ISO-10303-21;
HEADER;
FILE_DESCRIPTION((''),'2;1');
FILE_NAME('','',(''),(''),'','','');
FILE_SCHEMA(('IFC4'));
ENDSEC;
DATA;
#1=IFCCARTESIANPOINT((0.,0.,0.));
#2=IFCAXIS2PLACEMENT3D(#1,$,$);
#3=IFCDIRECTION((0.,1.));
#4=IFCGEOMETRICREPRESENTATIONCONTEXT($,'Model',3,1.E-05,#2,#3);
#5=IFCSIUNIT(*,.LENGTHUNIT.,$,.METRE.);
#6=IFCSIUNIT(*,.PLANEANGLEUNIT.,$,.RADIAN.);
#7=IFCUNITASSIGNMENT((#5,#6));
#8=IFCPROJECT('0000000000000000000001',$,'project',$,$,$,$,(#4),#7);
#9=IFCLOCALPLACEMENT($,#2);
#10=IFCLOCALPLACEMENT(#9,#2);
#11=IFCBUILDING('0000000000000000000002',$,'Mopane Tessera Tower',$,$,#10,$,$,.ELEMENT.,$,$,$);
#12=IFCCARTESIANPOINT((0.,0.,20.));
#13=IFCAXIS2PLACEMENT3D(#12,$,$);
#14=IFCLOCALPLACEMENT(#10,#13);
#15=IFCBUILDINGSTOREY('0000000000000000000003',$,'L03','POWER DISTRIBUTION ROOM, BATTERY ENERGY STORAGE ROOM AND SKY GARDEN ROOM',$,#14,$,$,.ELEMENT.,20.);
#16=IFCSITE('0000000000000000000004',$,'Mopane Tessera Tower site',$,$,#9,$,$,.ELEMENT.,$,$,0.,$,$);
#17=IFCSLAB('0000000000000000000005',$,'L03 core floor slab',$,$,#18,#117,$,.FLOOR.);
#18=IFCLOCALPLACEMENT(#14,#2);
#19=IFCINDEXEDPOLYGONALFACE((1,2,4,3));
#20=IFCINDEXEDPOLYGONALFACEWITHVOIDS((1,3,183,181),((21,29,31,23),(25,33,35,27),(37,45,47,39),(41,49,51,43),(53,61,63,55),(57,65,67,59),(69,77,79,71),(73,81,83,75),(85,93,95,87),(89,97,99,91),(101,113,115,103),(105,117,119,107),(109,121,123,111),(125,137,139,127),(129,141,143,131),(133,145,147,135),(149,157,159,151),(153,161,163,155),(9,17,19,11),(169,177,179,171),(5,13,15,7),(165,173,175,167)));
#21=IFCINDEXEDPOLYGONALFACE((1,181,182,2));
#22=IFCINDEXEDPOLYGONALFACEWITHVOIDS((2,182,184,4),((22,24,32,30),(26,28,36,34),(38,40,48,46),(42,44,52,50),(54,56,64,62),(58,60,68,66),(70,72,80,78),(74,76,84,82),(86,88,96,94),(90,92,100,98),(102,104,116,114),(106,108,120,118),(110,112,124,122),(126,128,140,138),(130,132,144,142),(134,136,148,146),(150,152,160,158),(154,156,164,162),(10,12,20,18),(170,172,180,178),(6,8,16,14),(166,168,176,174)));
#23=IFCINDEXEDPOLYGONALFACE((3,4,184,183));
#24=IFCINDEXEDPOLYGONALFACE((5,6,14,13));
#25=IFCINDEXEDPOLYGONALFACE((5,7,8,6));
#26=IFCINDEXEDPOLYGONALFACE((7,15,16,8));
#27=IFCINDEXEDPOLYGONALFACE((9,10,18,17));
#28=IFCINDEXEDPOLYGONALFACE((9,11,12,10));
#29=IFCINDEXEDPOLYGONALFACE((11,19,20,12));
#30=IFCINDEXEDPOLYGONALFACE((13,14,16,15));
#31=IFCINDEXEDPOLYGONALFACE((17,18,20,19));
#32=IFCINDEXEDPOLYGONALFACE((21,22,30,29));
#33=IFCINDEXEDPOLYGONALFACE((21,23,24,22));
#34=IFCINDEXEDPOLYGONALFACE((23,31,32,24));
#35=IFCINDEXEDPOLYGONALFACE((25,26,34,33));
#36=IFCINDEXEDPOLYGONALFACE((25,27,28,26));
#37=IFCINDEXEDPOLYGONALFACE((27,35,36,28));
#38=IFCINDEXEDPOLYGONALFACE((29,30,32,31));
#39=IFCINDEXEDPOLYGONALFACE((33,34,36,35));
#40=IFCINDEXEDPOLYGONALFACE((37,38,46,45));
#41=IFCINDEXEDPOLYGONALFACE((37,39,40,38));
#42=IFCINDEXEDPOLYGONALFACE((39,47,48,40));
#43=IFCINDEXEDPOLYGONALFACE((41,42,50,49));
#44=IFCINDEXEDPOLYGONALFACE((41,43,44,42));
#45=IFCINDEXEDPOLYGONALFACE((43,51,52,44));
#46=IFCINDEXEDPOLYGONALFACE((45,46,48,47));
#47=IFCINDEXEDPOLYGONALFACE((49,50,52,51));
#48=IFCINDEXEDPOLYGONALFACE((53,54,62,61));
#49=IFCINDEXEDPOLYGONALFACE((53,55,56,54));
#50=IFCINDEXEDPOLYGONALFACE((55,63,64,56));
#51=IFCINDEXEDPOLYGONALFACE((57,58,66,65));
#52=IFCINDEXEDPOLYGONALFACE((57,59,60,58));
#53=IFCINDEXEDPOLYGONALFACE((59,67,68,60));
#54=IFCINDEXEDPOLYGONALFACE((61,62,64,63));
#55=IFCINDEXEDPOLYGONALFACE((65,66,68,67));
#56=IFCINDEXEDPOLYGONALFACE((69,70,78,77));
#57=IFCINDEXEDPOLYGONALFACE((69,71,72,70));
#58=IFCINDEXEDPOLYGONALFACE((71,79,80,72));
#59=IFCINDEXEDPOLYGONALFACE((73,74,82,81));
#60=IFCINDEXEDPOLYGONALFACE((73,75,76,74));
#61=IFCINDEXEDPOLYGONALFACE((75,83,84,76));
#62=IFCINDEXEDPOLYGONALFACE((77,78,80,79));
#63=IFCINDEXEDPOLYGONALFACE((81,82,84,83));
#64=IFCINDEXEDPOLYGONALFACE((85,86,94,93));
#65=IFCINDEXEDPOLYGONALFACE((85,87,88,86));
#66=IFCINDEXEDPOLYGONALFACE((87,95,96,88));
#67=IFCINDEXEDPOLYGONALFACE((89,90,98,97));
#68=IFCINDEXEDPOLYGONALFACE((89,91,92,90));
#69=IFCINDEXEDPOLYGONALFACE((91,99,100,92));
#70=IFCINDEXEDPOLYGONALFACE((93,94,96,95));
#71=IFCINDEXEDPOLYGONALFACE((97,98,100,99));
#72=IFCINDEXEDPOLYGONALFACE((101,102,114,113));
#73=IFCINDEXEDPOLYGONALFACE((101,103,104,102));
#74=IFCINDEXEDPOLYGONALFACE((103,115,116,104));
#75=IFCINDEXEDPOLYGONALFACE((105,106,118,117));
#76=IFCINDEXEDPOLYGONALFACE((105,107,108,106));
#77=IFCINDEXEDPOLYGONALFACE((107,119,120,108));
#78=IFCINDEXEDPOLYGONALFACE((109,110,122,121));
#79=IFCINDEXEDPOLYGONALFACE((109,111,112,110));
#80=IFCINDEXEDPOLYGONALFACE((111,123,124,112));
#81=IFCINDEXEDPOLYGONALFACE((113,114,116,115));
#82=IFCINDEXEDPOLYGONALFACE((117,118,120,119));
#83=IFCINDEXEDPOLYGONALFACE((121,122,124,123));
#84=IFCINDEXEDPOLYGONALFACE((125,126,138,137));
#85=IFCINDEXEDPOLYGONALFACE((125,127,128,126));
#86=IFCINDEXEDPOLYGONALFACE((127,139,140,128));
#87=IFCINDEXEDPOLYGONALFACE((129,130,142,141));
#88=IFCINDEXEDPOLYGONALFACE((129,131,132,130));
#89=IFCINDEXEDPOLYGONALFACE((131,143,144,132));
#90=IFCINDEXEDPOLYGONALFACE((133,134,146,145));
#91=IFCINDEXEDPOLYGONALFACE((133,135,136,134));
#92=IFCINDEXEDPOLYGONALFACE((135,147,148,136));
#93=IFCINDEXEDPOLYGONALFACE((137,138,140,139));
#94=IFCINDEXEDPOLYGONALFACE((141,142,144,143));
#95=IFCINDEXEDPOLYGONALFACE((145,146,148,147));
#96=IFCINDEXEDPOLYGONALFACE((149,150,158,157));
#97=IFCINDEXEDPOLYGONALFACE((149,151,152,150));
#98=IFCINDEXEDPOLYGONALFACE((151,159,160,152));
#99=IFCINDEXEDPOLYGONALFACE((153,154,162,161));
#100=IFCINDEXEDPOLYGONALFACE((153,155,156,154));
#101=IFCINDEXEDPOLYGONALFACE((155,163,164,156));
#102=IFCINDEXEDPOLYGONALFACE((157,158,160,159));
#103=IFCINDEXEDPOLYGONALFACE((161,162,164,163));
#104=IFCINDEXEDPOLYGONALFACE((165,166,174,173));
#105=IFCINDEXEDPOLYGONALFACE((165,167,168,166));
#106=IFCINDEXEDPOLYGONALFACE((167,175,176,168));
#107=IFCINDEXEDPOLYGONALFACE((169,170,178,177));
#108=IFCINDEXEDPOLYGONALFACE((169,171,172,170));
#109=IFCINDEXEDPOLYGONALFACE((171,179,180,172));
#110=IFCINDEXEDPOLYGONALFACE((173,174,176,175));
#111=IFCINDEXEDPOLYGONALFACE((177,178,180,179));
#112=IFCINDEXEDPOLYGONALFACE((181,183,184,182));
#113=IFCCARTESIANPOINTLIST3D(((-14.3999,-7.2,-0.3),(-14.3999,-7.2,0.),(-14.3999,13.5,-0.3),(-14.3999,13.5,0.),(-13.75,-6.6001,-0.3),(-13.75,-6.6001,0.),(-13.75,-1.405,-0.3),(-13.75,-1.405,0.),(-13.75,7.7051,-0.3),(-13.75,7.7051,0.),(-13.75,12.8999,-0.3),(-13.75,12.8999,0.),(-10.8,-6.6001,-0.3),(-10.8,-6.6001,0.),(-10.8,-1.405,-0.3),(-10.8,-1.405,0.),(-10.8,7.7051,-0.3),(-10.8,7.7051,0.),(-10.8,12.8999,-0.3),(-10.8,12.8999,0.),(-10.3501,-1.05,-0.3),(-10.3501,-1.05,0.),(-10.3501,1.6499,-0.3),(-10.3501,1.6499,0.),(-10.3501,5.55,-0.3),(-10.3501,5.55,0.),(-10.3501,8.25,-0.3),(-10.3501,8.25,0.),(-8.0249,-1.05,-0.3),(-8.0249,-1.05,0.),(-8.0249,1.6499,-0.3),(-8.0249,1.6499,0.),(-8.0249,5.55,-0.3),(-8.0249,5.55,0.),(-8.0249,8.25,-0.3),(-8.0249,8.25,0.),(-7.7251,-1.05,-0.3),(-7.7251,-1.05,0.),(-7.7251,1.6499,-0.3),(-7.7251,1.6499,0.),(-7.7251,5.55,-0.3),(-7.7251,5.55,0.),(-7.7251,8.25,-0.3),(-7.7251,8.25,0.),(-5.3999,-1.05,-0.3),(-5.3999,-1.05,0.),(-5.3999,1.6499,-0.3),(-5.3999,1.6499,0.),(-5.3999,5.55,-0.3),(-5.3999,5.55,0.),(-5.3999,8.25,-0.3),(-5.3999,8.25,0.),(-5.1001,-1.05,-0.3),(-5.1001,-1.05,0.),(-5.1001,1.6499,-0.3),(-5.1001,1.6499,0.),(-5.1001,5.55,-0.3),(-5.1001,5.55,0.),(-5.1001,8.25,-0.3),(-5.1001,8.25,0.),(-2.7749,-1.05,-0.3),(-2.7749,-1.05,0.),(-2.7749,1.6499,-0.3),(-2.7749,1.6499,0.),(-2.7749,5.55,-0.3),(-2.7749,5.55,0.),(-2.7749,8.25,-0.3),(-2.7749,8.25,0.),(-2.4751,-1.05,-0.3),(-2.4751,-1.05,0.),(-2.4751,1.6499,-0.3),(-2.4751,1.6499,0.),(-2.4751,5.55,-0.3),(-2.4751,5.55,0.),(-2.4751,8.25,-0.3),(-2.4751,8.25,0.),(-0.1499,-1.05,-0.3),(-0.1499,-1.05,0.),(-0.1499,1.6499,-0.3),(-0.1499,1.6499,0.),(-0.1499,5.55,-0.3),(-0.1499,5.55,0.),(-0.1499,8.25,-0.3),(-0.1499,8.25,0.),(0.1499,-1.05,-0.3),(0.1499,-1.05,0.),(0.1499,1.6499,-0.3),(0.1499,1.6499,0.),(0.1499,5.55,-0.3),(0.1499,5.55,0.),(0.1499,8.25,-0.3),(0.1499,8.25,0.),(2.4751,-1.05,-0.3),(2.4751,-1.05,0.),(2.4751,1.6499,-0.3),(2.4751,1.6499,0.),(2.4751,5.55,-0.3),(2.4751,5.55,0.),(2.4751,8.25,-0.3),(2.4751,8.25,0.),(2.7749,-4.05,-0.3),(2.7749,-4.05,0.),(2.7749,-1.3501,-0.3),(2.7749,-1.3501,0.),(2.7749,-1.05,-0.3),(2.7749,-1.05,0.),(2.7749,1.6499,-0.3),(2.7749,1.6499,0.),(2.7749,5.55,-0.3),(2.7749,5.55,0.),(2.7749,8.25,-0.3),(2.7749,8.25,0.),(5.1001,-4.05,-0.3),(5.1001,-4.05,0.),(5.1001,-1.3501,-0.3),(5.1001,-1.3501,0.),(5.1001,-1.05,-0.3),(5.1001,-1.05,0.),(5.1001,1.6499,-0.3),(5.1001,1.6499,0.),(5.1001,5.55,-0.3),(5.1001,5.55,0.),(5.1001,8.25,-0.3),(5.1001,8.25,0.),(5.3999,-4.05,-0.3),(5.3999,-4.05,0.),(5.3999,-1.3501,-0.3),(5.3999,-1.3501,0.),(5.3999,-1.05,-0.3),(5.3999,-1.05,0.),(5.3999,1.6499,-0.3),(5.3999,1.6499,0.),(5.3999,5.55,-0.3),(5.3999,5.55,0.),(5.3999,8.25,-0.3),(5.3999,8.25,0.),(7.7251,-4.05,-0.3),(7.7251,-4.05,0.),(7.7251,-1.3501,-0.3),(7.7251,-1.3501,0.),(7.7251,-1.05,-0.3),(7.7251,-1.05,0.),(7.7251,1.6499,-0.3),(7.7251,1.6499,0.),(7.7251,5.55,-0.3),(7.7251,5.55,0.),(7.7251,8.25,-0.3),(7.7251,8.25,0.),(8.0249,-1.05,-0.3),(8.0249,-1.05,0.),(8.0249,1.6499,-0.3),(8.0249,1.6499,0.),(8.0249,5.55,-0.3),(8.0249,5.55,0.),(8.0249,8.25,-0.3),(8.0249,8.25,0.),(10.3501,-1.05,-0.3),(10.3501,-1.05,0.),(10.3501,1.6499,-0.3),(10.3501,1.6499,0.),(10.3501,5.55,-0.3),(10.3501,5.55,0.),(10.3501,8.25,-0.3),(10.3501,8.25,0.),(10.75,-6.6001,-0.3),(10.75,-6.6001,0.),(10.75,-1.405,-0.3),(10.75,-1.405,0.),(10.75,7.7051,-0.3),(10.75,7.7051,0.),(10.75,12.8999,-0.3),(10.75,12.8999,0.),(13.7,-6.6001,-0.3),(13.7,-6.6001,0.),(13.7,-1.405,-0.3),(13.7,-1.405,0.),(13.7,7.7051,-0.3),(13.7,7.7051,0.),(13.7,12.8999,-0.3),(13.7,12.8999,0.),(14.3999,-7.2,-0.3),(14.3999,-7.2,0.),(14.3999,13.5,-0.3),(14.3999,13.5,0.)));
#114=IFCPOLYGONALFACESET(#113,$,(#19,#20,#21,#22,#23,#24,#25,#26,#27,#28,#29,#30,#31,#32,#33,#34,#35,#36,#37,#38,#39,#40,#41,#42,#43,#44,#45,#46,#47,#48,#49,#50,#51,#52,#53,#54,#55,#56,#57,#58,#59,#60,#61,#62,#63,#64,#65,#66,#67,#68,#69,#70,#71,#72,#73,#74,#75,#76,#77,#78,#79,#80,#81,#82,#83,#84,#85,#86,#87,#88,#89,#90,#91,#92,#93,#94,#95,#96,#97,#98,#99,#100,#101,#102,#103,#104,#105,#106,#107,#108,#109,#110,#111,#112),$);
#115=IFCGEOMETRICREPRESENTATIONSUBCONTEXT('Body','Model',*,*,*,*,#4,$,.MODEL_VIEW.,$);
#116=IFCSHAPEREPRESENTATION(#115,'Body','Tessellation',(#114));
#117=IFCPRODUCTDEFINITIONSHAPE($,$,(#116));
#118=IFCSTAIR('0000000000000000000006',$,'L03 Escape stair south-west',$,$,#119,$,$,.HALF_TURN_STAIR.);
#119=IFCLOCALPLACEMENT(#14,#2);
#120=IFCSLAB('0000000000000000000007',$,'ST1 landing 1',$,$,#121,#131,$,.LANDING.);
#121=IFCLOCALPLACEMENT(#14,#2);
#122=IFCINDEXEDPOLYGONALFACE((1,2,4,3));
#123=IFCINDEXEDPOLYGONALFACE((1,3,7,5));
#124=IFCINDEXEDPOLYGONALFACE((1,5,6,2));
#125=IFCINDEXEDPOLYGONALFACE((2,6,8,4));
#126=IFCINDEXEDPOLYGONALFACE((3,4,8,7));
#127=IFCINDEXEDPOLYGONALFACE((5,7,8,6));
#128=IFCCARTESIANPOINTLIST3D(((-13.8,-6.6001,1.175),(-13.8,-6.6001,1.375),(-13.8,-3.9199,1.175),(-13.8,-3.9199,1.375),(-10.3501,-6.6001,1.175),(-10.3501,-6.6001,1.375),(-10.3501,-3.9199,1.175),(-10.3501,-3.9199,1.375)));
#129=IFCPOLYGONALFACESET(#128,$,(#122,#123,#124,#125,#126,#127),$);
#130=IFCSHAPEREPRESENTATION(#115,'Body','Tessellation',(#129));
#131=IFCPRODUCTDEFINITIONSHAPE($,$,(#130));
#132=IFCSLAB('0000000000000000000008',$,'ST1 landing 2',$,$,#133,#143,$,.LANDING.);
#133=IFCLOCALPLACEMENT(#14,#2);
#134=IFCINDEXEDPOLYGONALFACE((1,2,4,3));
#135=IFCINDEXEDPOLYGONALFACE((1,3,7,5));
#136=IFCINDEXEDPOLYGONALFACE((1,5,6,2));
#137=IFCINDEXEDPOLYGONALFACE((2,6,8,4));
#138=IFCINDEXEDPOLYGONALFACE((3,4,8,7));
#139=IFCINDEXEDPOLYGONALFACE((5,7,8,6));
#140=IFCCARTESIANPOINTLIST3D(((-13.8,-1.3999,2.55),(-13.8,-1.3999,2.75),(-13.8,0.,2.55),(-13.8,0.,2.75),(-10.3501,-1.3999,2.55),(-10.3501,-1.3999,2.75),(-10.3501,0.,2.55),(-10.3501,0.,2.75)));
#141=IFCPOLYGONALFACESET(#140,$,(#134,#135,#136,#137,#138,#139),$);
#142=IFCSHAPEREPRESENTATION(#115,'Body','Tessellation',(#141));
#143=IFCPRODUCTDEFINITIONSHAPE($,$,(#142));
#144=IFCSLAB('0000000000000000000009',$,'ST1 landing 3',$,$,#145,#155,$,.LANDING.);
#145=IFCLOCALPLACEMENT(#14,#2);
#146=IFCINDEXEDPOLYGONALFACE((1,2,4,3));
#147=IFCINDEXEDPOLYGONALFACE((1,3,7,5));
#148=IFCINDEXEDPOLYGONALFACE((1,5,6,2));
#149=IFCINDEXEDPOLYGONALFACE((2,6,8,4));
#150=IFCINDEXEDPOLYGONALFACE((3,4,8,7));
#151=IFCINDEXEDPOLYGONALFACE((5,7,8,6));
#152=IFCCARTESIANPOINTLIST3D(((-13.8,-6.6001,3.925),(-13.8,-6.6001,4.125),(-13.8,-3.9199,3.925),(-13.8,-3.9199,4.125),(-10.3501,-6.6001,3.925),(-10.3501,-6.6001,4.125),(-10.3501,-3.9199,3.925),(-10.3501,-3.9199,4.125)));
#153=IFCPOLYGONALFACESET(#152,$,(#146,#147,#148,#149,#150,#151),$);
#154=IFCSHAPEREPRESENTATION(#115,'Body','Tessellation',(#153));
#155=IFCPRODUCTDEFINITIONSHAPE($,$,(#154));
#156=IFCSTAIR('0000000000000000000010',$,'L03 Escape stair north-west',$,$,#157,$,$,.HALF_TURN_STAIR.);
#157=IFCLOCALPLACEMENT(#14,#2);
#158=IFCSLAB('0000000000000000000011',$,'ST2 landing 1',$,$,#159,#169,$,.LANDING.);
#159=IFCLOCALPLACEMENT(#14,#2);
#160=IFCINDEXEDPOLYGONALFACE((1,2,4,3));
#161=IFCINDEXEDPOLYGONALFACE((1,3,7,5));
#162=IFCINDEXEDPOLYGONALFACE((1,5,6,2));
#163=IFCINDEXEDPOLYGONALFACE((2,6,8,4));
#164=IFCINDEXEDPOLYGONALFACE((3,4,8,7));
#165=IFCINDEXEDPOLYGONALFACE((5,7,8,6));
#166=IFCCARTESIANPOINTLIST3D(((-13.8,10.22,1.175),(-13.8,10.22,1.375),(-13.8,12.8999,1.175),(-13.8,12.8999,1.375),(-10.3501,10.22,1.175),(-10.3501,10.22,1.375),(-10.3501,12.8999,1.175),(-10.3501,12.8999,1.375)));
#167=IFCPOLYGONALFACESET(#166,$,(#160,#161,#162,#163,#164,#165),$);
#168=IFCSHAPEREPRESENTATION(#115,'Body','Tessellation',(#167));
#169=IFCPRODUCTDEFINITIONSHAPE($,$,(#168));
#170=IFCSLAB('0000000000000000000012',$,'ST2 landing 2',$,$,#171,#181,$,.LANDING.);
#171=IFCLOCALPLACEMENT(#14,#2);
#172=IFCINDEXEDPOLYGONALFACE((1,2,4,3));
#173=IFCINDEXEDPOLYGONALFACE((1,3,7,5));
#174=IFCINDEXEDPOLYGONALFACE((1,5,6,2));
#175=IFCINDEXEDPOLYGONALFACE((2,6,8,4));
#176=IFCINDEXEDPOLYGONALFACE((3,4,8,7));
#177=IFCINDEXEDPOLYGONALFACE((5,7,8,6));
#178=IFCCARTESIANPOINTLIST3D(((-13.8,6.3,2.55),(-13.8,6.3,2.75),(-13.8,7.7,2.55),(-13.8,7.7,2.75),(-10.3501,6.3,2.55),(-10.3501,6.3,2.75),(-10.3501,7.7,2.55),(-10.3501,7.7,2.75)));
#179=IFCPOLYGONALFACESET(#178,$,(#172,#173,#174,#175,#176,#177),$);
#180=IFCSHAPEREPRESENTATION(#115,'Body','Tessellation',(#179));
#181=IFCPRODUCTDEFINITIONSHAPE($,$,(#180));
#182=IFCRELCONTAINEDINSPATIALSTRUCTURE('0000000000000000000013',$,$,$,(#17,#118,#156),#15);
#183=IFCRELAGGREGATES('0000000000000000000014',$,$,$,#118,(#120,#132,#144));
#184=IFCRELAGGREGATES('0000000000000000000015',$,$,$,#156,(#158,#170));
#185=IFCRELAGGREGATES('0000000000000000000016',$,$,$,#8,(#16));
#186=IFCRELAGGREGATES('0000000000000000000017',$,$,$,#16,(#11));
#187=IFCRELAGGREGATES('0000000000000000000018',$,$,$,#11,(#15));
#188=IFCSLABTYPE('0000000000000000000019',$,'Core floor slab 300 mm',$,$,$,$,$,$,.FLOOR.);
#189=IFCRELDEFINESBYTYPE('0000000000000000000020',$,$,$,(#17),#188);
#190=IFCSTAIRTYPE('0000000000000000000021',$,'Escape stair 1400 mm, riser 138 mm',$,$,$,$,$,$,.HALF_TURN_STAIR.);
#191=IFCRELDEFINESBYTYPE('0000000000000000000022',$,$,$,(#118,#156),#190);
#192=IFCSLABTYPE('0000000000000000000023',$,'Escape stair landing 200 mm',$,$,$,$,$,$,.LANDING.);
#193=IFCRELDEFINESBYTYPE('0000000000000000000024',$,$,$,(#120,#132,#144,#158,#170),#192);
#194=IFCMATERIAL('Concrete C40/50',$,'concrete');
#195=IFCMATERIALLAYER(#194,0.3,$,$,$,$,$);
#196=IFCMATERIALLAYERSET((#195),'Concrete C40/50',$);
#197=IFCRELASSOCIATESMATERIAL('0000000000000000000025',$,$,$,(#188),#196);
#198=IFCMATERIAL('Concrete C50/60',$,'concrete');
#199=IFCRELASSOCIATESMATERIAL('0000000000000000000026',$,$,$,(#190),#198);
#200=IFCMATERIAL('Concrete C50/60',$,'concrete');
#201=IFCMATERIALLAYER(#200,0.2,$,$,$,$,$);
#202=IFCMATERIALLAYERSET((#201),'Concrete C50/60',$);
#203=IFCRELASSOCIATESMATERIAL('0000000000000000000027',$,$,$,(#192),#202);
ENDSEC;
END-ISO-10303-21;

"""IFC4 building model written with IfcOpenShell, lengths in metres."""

from ifc_helpers import new_model, si_unit, direction, frame, origin, place, context, subcontext, project, spatial, polyline, outline, extrude, material, layer, layer_set, type_object, element, aggregate, save


model = new_model("IFC4")

# Units and contexts
model_context = context("Model", 3, precision=1e-05, world=origin(), true_north=direction((0.0, 1.0)))
body_context = subcontext(model_context, "Body", "Model", "MODEL_VIEW")
ifc_project = project(units=[si_unit("LENGTHUNIT", "METRE"), si_unit("PLANEANGLEUNIT", "RADIAN")], contexts=[model_context])

# Site, building, storey
site_placement = place(None, origin())
site = spatial("IfcSite", under=ifc_project, at=site_placement, Name="Mopane Tessera Tower site", CompositionType="ELEMENT", RefElevation=0.0)
building_placement = place(site_placement, origin())
building = spatial("IfcBuilding", under=site, at=building_placement, Name="Mopane Tessera Tower", CompositionType="ELEMENT")
storey_placement = place(building_placement, frame((0.0, 0.0, 20.0)))
storey = spatial("IfcBuildingStorey", under=building, at=storey_placement, Name="L03", Description="POWER DISTRIBUTION ROOM, BATTERY ENERGY STORAGE ROOM AND SKY GARDEN ROOM", CompositionType="ELEMENT", Elevation=20.0)

# Slab
ifc_material_1 = material(Name="Concrete C40/50", Category="concrete")
ifc_layer_1 = layer(ifc_material_1, 0.3)
ifc_layer_set_1 = layer_set([ifc_layer_1], Name="Concrete C40/50")
slab_type_1 = type_object("IfcSlabType", Name="Core floor slab 300 mm", PredefinedType="FLOOR", material=ifc_layer_set_1)
slab_1_placement = place(storey_placement, frame((0.0, 0.0, -0.3)))
element("IfcSlab", 1, at=slab_1_placement, inside=storey, type_object=slab_type_1, Name="L03 core floor slab", PredefinedType="FLOOR", context=body_context, shape_type="SweptSolid", body=[
    extrude(outline(polyline([(-14.3999, -7.2), (14.3999, -7.2), (14.3999, 13.5), (-14.3999, 13.5), (-14.3999, -7.2)]), holes=[polyline([(-10.3501, -1.05), (-8.0249, -1.05), (-8.0249, 1.6499), (-10.3501, 1.6499), (-10.3501, -1.05)]), polyline([(-7.7251, -1.05), (-5.3999, -1.05), (-5.3999, 1.6499), (-7.7251, 1.6499), (-7.7251, -1.05)]), polyline([(-5.1001, -1.05), (-2.7749, -1.05), (-2.7749, 1.6499), (-5.1001, 1.6499), (-5.1001, -1.05)]), polyline([(-2.4751, -1.05), (-0.1499, -1.05), (-0.1499, 1.6499), (-2.4751, 1.6499), (-2.4751, -1.05)]), polyline([(0.1499, -1.05), (2.4751, -1.05), (2.4751, 1.6499), (0.1499, 1.6499), (0.1499, -1.05)]), polyline([(2.7749, -1.05), (5.1001, -1.05), (5.1001, 1.6499), (2.7749, 1.6499), (2.7749, -1.05)]), polyline([(5.3999, -1.05), (7.7251, -1.05), (7.7251, 1.6499), (5.3999, 1.6499), (5.3999, -1.05)]), polyline([(8.0249, -1.05), (10.3501, -1.05), (10.3501, 1.6499), (8.0249, 1.6499), (8.0249, -1.05)]), polyline([(-10.3501, 5.55), (-8.0249, 5.55), (-8.0249, 8.25), (-10.3501, 8.25), (-10.3501, 5.55)]), polyline([(-7.7251, 5.55), (-5.3999, 5.55), (-5.3999, 8.25), (-7.7251, 8.25), (-7.7251, 5.55)]), polyline([(-5.1001, 5.55), (-2.7749, 5.55), (-2.7749, 8.25), (-5.1001, 8.25), (-5.1001, 5.55)]), polyline([(-2.4751, 5.55), (-0.1499, 5.55), (-0.1499, 8.25), (-2.4751, 8.25), (-2.4751, 5.55)]), polyline([(0.1499, 5.55), (2.4751, 5.55), (2.4751, 8.25), (0.1499, 8.25), (0.1499, 5.55)]), polyline([(2.7749, 5.55), (5.1001, 5.55), (5.1001, 8.25), (2.7749, 8.25), (2.7749, 5.55)]), polyline([(5.3999, 5.55), (7.7251, 5.55), (7.7251, 8.25), (5.3999, 8.25), (5.3999, 5.55)]), polyline([(8.0249, 5.55), (10.3501, 5.55), (10.3501, 8.25), (8.0249, 8.25), (8.0249, 5.55)]), polyline([(2.7749, -4.05), (5.1001, -4.05), (5.1001, -1.3501), (2.7749, -1.3501), (2.7749, -4.05)]), polyline([(5.3999, -4.05), (7.7251, -4.05), (7.7251, -1.3501), (5.3999, -1.3501), (5.3999, -4.05)]), polyline([(-13.75, -1.405), (-13.75, -6.6001), (-10.8, -6.6001), (-10.8, -1.405), (-13.75, -1.405)]), polyline([(-10.8, 7.7051), (-10.8, 12.8999), (-13.75, 12.8999), (-13.75, 7.7051), (-10.8, 7.7051)]), polyline([(10.75, -1.405), (10.75, -6.6001), (13.7, -6.6001), (13.7, -1.405), (10.75, -1.405)]), polyline([(13.7, 7.7051), (13.7, 12.8999), (10.75, 12.8999), (10.75, 7.7051), (13.7, 7.7051)])]), origin(), (0.0, 0.0, 1.0), 0.3),
])

# Stairs, slabs
ifc_material_2 = material(Name="Concrete C50/60", Category="concrete")
stair_type = type_object("IfcStairType", Name="Escape stair 1400 mm, riser 138 mm", PredefinedType="HALF_TURN_STAIR", material=ifc_material_2)
stair_1_placement = place(storey_placement, origin())
stair_1 = element("IfcStair", 2, at=stair_1_placement, inside=storey, type_object=stair_type, Name="L03 Escape stair south-west", PredefinedType="HALF_TURN_STAIR")
ifc_material_3 = material(Name="Concrete C50/60", Category="concrete")
ifc_layer_2 = layer(ifc_material_3, 0.2)
ifc_layer_set_2 = layer_set([ifc_layer_2], Name="Concrete C50/60")
slab_type_2 = type_object("IfcSlabType", Name="Escape stair landing 200 mm", PredefinedType="LANDING", material=ifc_layer_set_2)
slab_2_placement = place(storey_placement, frame((0.0, 0.0, 1.175)))
slab_2 = element("IfcSlab", 3, at=slab_2_placement, type_object=slab_type_2, Name="ST1 landing 1", PredefinedType="LANDING", context=body_context, shape_type="SweptSolid", body=[
    extrude(outline(polyline([(-13.8, -3.9199), (-13.8, -6.6001), (-10.3501, -6.6001), (-10.3501, -3.9199), (-13.8, -3.9199)])), origin(), (0.0, 0.0, 1.0), 0.2),
])
slab_3_placement = place(storey_placement, frame((0.0, 0.0, 2.55)))
slab_3 = element("IfcSlab", 4, at=slab_3_placement, type_object=slab_type_2, Name="ST1 landing 2", PredefinedType="LANDING", context=body_context, shape_type="SweptSolid", body=[
    extrude(outline(polyline([(-13.8, 0.0), (-13.8, -1.3999), (-10.3501, -1.3999), (-10.3501, 0.0), (-13.8, 0.0)])), origin(), (0.0, 0.0, 1.0), 0.2),
])
slab_4_placement = place(storey_placement, frame((0.0, 0.0, 3.925)))
slab_4 = element("IfcSlab", 5, at=slab_4_placement, type_object=slab_type_2, Name="ST1 landing 3", PredefinedType="LANDING", context=body_context, shape_type="SweptSolid", body=[
    extrude(outline(polyline([(-13.8, -3.9199), (-13.8, -6.6001), (-10.3501, -6.6001), (-10.3501, -3.9199), (-13.8, -3.9199)])), origin(), (0.0, 0.0, 1.0), 0.2),
])
aggregate(stair_1, [slab_2, slab_3, slab_4])
stair_2_placement = place(storey_placement, origin())
stair_2 = element("IfcStair", 6, at=stair_2_placement, inside=storey, type_object=stair_type, Name="L03 Escape stair north-west", PredefinedType="HALF_TURN_STAIR")
slab_5_placement = place(storey_placement, frame((0.0, 0.0, 1.175)))
slab_5 = element("IfcSlab", 7, at=slab_5_placement, type_object=slab_type_2, Name="ST2 landing 1", PredefinedType="LANDING", context=body_context, shape_type="SweptSolid", body=[
    extrude(outline(polyline([(-10.3501, 10.22), (-10.3501, 12.8999), (-13.8, 12.8999), (-13.8, 10.22), (-10.3501, 10.22)])), origin(), (0.0, 0.0, 1.0), 0.2),
])
slab_6_placement = place(storey_placement, frame((0.0, 0.0, 2.55)))
slab_6 = element("IfcSlab", 8, at=slab_6_placement, type_object=slab_type_2, Name="ST2 landing 2", PredefinedType="LANDING", context=body_context, shape_type="SweptSolid", body=[
    extrude(outline(polyline([(-10.3501, 6.3), (-10.3501, 7.7), (-13.8, 7.7), (-13.8, 6.3), (-10.3501, 6.3)])), origin(), (0.0, 0.0, 1.0), 0.2),
])
aggregate(stair_2, [slab_5, slab_6])

save(model, "model.ifc")
